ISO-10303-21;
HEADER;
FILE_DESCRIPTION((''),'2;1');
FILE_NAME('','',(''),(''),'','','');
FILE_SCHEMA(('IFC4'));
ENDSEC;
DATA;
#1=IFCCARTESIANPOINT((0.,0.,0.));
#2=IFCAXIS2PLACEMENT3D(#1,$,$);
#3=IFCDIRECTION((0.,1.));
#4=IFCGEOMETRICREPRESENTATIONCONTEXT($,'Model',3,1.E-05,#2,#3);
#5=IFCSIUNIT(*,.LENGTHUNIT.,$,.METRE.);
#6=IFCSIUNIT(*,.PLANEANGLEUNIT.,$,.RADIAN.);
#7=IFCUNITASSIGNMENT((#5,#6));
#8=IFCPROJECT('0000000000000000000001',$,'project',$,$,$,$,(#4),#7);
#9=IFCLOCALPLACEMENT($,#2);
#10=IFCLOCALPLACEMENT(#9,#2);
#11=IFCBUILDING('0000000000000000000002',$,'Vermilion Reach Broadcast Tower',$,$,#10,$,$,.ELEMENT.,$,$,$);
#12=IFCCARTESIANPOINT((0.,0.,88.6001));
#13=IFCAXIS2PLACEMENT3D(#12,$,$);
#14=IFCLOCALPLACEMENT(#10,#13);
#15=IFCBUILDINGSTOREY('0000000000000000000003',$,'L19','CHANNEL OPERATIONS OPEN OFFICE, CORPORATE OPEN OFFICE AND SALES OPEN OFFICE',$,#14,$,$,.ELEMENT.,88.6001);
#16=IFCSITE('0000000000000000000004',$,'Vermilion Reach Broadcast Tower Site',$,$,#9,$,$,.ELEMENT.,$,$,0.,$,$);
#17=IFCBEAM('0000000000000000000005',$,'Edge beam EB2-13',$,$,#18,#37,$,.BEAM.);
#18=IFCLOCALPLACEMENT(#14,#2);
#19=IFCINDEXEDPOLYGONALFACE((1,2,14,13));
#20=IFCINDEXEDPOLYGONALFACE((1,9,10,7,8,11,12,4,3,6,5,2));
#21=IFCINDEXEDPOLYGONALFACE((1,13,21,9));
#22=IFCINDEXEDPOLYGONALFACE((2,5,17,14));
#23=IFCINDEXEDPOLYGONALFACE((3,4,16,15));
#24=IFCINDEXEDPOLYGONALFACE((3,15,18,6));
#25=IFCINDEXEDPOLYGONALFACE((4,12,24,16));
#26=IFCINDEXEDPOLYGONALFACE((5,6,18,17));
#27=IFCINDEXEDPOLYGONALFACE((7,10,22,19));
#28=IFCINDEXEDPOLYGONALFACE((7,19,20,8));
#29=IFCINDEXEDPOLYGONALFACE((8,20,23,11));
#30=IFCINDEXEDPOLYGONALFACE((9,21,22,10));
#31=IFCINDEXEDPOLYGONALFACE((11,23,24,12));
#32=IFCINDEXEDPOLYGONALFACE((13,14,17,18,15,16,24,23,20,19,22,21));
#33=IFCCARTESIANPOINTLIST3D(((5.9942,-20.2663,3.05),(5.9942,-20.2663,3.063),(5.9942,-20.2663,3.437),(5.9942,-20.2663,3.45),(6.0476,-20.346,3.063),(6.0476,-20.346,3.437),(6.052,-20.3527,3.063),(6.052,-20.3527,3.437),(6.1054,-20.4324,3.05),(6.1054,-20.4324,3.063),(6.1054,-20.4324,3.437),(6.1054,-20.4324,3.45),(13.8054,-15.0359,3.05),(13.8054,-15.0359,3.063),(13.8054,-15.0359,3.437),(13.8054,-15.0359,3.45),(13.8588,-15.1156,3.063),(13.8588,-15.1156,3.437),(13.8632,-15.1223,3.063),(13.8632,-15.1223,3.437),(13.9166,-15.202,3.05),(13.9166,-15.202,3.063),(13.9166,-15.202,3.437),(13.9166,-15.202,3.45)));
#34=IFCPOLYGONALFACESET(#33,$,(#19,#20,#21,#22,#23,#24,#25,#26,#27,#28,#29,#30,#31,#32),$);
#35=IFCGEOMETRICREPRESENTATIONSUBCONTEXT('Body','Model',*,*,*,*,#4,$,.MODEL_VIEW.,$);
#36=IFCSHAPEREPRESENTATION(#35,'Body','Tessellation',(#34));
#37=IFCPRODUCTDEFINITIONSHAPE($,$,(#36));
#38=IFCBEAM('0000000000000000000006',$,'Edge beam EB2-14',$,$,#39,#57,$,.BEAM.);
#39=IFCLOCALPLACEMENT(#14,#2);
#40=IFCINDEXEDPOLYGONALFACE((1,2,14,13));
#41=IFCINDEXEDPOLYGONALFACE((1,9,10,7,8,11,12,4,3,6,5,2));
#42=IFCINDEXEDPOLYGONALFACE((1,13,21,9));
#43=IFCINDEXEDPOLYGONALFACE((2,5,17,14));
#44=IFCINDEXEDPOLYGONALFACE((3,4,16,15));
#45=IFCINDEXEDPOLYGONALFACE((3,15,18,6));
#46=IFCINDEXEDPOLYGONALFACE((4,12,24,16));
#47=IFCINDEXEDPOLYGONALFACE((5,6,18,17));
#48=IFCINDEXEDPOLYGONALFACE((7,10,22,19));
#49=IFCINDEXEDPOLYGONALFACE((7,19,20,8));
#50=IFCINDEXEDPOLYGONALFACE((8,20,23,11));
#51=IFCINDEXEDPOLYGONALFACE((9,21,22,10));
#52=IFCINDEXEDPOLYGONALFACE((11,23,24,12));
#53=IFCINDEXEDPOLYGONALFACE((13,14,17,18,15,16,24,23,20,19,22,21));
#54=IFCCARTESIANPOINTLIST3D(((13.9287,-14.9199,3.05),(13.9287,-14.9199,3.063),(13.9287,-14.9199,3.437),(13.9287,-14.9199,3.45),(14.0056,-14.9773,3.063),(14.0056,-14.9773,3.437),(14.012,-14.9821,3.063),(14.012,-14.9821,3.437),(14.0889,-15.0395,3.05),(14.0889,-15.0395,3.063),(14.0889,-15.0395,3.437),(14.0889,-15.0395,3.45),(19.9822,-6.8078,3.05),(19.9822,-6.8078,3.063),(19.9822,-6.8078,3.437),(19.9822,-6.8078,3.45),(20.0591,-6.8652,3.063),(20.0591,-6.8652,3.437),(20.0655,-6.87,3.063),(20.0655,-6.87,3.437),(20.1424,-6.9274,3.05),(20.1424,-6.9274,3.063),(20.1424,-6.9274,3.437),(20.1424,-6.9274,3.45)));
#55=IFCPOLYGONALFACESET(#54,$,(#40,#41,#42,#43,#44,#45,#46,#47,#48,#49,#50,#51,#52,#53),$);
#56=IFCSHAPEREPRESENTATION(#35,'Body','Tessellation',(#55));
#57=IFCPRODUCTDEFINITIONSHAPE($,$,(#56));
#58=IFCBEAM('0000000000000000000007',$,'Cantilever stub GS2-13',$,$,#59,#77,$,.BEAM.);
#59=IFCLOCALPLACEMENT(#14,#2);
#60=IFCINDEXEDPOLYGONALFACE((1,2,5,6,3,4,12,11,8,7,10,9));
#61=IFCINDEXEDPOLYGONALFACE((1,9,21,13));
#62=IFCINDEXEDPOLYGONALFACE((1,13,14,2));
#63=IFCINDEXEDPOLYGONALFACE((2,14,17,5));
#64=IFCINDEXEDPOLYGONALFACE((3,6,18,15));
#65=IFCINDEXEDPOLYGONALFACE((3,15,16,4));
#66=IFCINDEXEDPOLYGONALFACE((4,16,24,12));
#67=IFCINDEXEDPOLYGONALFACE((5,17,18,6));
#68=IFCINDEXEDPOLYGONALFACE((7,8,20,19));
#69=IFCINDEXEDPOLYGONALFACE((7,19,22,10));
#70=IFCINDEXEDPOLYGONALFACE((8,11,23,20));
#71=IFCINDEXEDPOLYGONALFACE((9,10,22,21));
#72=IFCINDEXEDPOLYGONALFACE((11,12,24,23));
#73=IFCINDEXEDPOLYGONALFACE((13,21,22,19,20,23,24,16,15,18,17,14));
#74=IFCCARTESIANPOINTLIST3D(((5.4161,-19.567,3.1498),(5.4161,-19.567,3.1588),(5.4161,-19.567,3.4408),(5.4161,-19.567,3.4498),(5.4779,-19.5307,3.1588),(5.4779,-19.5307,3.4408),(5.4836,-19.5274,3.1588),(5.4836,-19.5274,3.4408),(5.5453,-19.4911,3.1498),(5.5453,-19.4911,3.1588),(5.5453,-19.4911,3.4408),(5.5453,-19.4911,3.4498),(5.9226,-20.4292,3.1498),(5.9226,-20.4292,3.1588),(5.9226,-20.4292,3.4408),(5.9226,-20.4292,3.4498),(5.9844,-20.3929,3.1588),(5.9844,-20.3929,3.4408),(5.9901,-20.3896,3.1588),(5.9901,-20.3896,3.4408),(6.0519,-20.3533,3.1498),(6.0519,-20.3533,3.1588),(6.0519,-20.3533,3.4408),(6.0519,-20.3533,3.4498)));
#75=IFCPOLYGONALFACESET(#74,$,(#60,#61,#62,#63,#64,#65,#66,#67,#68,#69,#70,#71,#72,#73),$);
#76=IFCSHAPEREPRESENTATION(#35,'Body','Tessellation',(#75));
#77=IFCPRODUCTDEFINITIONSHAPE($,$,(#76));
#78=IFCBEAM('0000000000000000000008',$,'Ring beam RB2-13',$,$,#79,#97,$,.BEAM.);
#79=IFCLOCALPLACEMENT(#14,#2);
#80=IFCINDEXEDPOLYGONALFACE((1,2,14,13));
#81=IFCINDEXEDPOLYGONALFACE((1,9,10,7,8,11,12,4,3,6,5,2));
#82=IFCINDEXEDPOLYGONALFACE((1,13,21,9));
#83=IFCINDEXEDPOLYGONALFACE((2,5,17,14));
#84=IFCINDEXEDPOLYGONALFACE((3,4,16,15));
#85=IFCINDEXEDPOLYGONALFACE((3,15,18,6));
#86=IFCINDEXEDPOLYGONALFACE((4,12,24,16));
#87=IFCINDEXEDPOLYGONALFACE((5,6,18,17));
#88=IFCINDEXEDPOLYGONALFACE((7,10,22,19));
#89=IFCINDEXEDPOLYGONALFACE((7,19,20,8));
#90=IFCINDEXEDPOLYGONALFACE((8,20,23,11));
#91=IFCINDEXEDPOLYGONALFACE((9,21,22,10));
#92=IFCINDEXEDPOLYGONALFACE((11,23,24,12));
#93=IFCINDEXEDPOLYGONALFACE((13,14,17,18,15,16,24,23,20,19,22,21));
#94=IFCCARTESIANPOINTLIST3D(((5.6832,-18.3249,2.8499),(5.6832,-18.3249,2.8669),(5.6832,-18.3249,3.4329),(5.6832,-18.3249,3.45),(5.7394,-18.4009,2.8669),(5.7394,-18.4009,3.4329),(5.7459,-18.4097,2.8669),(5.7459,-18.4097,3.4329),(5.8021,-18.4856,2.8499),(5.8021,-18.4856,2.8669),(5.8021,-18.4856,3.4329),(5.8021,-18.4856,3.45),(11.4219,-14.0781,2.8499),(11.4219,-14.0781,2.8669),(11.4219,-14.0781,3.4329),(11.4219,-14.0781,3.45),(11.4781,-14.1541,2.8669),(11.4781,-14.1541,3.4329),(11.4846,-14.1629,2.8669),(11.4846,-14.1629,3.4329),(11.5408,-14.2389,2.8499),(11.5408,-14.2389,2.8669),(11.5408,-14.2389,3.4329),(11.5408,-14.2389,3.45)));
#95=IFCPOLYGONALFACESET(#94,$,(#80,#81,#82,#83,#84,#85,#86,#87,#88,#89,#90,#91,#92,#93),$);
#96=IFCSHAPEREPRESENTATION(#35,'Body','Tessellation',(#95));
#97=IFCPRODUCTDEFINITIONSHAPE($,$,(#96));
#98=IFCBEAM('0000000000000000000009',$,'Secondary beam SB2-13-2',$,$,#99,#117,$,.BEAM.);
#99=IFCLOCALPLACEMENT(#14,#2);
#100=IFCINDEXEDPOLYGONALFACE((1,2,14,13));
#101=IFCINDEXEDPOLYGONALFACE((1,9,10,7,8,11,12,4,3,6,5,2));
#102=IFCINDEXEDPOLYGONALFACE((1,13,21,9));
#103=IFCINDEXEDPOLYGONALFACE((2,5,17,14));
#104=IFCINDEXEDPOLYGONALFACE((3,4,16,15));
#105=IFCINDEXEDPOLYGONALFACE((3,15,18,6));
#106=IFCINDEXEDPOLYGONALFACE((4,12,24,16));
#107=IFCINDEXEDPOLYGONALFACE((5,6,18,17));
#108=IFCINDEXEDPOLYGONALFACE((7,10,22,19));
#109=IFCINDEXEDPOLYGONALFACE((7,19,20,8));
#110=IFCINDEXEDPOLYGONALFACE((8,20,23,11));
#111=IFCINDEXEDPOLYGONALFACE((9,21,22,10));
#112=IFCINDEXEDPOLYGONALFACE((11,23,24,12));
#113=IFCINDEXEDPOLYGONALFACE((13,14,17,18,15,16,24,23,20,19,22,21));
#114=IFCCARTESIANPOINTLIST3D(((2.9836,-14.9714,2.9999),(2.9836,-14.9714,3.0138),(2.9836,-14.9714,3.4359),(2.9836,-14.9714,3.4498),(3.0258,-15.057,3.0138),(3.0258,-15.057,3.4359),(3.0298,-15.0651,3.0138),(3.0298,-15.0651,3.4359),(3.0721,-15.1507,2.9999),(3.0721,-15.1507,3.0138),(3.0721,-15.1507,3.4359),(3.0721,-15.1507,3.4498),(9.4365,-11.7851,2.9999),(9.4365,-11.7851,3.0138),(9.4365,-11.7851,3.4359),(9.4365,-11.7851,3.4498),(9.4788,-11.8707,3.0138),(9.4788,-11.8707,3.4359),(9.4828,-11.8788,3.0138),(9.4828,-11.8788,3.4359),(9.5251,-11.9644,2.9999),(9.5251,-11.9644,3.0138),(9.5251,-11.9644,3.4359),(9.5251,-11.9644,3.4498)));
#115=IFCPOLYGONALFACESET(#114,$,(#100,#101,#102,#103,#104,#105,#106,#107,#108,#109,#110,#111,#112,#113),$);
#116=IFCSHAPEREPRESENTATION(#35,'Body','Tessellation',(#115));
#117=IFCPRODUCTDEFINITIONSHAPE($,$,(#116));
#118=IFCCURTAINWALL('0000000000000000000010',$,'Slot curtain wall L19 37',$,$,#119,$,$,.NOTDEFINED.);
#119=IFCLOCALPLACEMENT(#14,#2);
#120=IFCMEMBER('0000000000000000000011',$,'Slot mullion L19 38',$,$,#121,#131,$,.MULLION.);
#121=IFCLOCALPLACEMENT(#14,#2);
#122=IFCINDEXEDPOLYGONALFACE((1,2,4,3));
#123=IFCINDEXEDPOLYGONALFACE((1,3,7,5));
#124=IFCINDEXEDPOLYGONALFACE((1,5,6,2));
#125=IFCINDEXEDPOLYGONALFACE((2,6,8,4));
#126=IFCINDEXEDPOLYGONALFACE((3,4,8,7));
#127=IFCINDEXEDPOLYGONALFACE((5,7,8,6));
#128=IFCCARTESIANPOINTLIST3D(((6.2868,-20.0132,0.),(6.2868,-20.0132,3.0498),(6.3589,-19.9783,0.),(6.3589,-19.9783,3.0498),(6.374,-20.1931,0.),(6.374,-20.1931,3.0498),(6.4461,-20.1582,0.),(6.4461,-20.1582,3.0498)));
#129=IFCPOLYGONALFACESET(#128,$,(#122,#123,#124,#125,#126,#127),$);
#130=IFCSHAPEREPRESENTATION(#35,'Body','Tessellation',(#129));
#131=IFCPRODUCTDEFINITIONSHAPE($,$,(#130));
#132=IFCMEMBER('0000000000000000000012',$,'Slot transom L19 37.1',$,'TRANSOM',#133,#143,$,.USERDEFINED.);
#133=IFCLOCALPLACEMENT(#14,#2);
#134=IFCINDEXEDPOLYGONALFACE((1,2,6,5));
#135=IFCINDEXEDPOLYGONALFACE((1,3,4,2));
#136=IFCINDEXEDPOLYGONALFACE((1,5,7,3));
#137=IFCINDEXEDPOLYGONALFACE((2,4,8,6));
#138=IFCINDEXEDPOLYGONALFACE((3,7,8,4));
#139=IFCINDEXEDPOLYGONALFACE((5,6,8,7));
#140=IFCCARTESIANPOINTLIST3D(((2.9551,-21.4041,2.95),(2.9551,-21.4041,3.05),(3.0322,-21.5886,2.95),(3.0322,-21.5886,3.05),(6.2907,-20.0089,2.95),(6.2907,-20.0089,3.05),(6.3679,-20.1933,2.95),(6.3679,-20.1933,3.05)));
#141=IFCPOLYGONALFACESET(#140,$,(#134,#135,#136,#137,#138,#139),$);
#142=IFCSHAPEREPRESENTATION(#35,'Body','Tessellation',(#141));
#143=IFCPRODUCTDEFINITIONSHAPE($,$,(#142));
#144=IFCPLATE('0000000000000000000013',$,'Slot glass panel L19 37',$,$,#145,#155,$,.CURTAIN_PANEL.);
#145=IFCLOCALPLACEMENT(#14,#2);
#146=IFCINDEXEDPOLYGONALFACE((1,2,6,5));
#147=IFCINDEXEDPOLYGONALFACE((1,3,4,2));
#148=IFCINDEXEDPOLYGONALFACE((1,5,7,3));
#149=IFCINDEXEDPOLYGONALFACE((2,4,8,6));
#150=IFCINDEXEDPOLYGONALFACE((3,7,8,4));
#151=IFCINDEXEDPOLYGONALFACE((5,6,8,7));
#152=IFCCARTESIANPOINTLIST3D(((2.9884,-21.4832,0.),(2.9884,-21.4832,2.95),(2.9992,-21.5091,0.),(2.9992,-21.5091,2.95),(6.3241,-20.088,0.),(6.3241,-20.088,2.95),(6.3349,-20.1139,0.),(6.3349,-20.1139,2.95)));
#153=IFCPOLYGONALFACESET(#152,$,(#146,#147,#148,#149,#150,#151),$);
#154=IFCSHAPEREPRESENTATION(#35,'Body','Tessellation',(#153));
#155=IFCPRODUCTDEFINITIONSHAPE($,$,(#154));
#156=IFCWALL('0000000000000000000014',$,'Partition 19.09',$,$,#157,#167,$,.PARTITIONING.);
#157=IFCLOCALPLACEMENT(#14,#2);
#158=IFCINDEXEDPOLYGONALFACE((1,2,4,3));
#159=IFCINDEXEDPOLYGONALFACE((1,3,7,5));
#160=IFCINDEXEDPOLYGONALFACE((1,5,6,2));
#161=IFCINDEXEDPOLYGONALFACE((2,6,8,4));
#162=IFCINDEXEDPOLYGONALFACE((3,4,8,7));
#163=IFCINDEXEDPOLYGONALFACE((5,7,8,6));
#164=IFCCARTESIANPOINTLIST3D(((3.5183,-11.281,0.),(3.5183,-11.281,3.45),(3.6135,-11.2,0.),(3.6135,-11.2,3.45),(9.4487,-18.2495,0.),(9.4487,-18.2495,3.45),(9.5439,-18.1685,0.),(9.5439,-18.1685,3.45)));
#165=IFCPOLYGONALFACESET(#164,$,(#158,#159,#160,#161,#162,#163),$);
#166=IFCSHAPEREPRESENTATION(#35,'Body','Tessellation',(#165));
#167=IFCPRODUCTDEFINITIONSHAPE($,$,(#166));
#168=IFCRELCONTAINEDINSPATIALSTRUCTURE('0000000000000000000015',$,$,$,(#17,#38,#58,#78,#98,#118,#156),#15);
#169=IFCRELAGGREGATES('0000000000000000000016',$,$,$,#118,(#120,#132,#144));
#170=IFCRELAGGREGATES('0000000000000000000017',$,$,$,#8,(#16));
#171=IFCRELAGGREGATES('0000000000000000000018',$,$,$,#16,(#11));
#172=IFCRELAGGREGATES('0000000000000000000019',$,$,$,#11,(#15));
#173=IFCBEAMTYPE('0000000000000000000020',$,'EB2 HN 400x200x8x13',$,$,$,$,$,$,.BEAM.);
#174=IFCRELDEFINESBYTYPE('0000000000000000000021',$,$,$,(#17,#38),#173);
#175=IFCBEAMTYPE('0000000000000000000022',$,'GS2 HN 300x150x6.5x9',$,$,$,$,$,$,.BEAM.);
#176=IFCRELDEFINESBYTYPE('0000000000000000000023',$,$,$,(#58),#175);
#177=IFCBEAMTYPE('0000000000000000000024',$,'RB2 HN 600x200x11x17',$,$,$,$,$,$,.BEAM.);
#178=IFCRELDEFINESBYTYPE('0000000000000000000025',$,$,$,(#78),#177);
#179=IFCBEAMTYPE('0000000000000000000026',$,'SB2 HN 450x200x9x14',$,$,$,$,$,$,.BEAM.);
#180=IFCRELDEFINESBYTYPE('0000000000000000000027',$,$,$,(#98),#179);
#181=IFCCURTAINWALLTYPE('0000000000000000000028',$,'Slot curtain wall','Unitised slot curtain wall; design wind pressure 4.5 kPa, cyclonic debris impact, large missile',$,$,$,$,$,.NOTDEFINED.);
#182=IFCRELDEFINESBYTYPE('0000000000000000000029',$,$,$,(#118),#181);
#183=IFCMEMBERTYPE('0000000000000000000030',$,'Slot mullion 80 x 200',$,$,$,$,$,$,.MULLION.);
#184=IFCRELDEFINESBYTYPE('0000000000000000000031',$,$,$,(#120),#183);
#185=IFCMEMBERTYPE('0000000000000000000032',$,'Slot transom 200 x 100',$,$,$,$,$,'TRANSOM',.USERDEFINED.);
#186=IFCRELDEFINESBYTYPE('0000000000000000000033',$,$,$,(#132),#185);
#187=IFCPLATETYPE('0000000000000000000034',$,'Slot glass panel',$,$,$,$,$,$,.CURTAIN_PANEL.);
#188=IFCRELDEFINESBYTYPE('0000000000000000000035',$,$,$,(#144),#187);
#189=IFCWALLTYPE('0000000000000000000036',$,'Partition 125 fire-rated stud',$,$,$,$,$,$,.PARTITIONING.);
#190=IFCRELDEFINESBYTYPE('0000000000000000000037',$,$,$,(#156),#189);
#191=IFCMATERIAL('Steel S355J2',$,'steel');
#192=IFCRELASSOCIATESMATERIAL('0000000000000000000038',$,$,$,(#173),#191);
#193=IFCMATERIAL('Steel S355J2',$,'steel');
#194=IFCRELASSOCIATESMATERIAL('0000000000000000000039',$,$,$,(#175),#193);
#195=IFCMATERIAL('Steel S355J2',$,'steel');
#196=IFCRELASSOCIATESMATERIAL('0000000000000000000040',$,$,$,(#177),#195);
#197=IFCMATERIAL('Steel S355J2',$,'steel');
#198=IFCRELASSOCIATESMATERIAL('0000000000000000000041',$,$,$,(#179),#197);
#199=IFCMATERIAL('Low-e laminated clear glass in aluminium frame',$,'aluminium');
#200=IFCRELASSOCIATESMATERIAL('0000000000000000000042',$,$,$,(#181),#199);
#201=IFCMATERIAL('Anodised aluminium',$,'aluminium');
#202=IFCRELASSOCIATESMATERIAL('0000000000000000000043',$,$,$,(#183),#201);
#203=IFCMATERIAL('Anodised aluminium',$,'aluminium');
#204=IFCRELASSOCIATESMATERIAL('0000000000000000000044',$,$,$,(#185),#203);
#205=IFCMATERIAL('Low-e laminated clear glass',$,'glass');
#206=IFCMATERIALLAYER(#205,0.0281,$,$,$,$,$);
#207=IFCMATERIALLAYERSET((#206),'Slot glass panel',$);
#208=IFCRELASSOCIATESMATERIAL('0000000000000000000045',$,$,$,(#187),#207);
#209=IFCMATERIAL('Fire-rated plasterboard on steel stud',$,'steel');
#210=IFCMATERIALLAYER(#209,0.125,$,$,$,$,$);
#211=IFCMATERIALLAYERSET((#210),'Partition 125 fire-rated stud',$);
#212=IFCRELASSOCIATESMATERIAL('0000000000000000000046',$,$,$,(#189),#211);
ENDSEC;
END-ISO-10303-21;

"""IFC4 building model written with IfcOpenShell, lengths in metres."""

from ifc_helpers import new_model, si_unit, direction, frame, frame_2d, origin, origin_2d, place, context, subcontext, project, spatial, rectangle, i_section, extrude, material, layer, layer_set, material_profile, profile_set, type_object, element, aggregate, save


model = new_model("IFC4")

# Units and contexts
model_context = context("Model", 3, precision=1e-05, world=origin(), true_north=direction((0.0, 1.0)))
body_context = subcontext(model_context, "Body", "Model", "MODEL_VIEW")
ifc_project = project(units=[si_unit("LENGTHUNIT", "METRE"), si_unit("PLANEANGLEUNIT", "RADIAN")], contexts=[model_context])

# Site, building, storey
site_placement = place(None, origin())
site = spatial("IfcSite", under=ifc_project, at=site_placement, Name="Vermilion Reach Broadcast Tower Site", CompositionType="ELEMENT", RefElevation=0.0)
building_placement = place(site_placement, origin())
building = spatial("IfcBuilding", under=site, at=building_placement, Name="Vermilion Reach Broadcast Tower", CompositionType="ELEMENT")
storey_placement = place(building_placement, frame((0.0, 0.0, 88.6001)))
storey = spatial("IfcBuildingStorey", under=building, at=storey_placement, Name="L19", Description="CHANNEL OPERATIONS OPEN OFFICE, CORPORATE OPEN OFFICE AND SALES OPEN OFFICE", CompositionType="ELEMENT", Elevation=88.6001)

# Beams
ifc_material_1 = material(Name="Steel S355J2", Category="steel")
ifc_material_profile_1 = material_profile(ifc_material_1, i_section(OverallWidth=0.2, OverallDepth=0.3999, WebThickness=0.0081, FlangeThickness=0.0129, at=origin_2d()), Name="S355J2 HN 400x200x8x13")
ifc_profile_set_1 = profile_set([ifc_material_profile_1], Name="Steel S355J2")
beam_type_1 = type_object("IfcBeamType", Name="EB2 HN 400x200x8x13", PredefinedType="BEAM", material=ifc_profile_set_1)
beam_1_placement = place(storey_placement, frame((6.0498, -20.3494, 3.25), z_axis=(0.830922, 0.556389, 0.0), x_axis=(-0.556389, 0.830922, 0.0)))
element("IfcBeam", 1, at=beam_1_placement, inside=storey, type_object=beam_type_1, Name="Edge beam EB2-13", PredefinedType="BEAM", context=body_context, shape_type="SweptSolid", body=[
    extrude(i_section(OverallWidth=0.2, OverallDepth=0.3999, WebThickness=0.0081, FlangeThickness=0.0129, at=origin_2d()), origin(), (0.0, 0.0, 1.0), 9.4006),
])
beam_2_placement = place(storey_placement, frame((14.0088, -14.9797, 3.25), z_axis=(0.598065, 0.801448, 0.0), x_axis=(-0.801448, 0.598065, 0.0)))
element("IfcBeam", 2, at=beam_2_placement, inside=storey, type_object=beam_type_1, Name="Edge beam EB2-14", PredefinedType="BEAM", context=body_context, shape_type="SweptSolid", body=[
    extrude(i_section(OverallWidth=0.2, OverallDepth=0.3999, WebThickness=0.0081, FlangeThickness=0.0129, at=origin_2d()), origin(), (0.0, 0.0, 1.0), 10.1218),
])
ifc_material_2 = material(Name="Steel S355J2", Category="steel")
ifc_material_profile_2 = material_profile(ifc_material_2, i_section(OverallWidth=0.1499, OverallDepth=0.3, WebThickness=0.0066, FlangeThickness=0.009, at=origin_2d()), Name="S355J2 HN 300x150x6.5x9")
ifc_profile_set_2 = profile_set([ifc_material_profile_2], Name="Steel S355J2")
beam_type_2 = type_object("IfcBeamType", Name="GS2 HN 300x150x6.5x9", PredefinedType="BEAM", material=ifc_profile_set_2)
beam_3_placement = place(storey_placement, frame((5.4807, -19.5291, 3.2998), z_axis=(0.50654, -0.862216, 0.0), x_axis=(0.862216, 0.50654, 0.0)))
element("IfcBeam", 3, at=beam_3_placement, inside=storey, type_object=beam_type_2, Name="Cantilever stub GS2-13", PredefinedType="BEAM", context=body_context, shape_type="SweptSolid", body=[
    extrude(i_section(OverallWidth=0.1499, OverallDepth=0.3, WebThickness=0.0066, FlangeThickness=0.009, at=origin_2d()), origin(), (0.0, 0.0, 1.0), 1.0),
])
ifc_material_3 = material(Name="Steel S355J2", Category="steel")
ifc_material_profile_3 = material_profile(ifc_material_3, i_section(OverallWidth=0.2, OverallDepth=0.6001, WebThickness=0.011, FlangeThickness=0.0171, at=origin_2d()), Name="S355J2 HN 600x200x11x17")
ifc_profile_set_3 = profile_set([ifc_material_profile_3], Name="Steel S355J2")
beam_type_3 = type_object("IfcBeamType", Name="RB2 HN 600x200x11x17", PredefinedType="BEAM", material=ifc_profile_set_3)
beam_4_placement = place(storey_placement, frame((5.7427, -18.4053, 3.1499), z_axis=(0.803833, 0.594855, 0.0), x_axis=(-0.594855, 0.803833, 0.0)))
element("IfcBeam", 4, at=beam_4_placement, inside=storey, type_object=beam_type_3, Name="Ring beam RB2-13", PredefinedType="BEAM", context=body_context, shape_type="SweptSolid", body=[
    extrude(i_section(OverallWidth=0.2, OverallDepth=0.6001, WebThickness=0.011, FlangeThickness=0.0171, at=origin_2d()), origin(), (0.0, 0.0, 1.0), 7.1392),
])
ifc_material_4 = material(Name="Steel S355J2", Category="steel")
ifc_material_profile_4 = material_profile(ifc_material_4, i_section(OverallWidth=0.2, OverallDepth=0.45, WebThickness=0.009, FlangeThickness=0.0139, at=origin_2d()), Name="S355J2 HN 450x200x9x14")
ifc_profile_set_4 = profile_set([ifc_material_profile_4], Name="Steel S355J2")
beam_type_4 = type_object("IfcBeamType", Name="SB2 HN 450x200x9x14", PredefinedType="BEAM", material=ifc_profile_set_4)
beam_5_placement = place(storey_placement, frame((3.0278, -15.061, 3.2249), z_axis=(0.896648, 0.442744, 0.0), x_axis=(-0.442744, 0.896648, 0.0)))
element("IfcBeam", 5, at=beam_5_placement, inside=storey, type_object=beam_type_4, Name="Secondary beam SB2-13-2", PredefinedType="BEAM", context=body_context, shape_type="SweptSolid", body=[
    extrude(i_section(OverallWidth=0.2, OverallDepth=0.45, WebThickness=0.009, FlangeThickness=0.0139, at=origin_2d()), origin(), (0.0, 0.0, 1.0), 7.1968),
])

# Curtain wall, members, plate
ifc_material_5 = material(Name="Low-e laminated clear glass in aluminium frame", Category="aluminium")
curtain_wall_type = type_object("IfcCurtainWallType", Name="Slot curtain wall", Description="Unitised slot curtain wall; design wind pressure 4.5 kPa, cyclonic debris impact, large missile", PredefinedType="NOTDEFINED", material=ifc_material_5)
curtain_wall_placement = place(storey_placement, origin())
curtain_wall = element("IfcCurtainWall", 6, at=curtain_wall_placement, inside=storey, type_object=curtain_wall_type, Name="Slot curtain wall L19 37", PredefinedType="NOTDEFINED")
ifc_material_6 = material(Name="Anodised aluminium", Category="aluminium")
ifc_material_profile_5 = material_profile(ifc_material_6, rectangle(XDim=0.2, YDim=0.0801, at=origin_2d()), Name="Slot mullion 80 x 200")
ifc_profile_set_5 = profile_set([ifc_material_profile_5], Name="Anodised aluminium")
member_type_1 = type_object("IfcMemberType", Name="Slot mullion 80 x 200", PredefinedType="MULLION", material=ifc_profile_set_5)
member_1_placement = place(storey_placement, frame((6.3665, -20.0857, 0.0), z_axis=(0.0, 0.0, 1.0), x_axis=(-0.435875, 0.900007, 0.0)))
member_1 = element("IfcMember", 7, at=member_1_placement, type_object=member_type_1, Name="Slot mullion L19 38", PredefinedType="MULLION", context=body_context, shape_type="SweptSolid", body=[
    extrude(rectangle(XDim=0.2, YDim=0.0801, at=origin_2d()), origin(), (0.0, 0.0, 1.0), 3.0498),
])
ifc_material_7 = material(Name="Anodised aluminium", Category="aluminium")
ifc_material_profile_6 = material_profile(ifc_material_7, rectangle(XDim=0.2, YDim=0.1001, at=origin_2d()), Name="Slot transom 200 x 100")
ifc_profile_set_6 = profile_set([ifc_material_profile_6], Name="Anodised aluminium")
member_type_2 = type_object("IfcMemberType", Name="Slot transom 200 x 100", ElementType="TRANSOM", PredefinedType="USERDEFINED", material=ifc_profile_set_6)
member_2_placement = place(storey_placement, frame((2.9937, -21.4963, 3.0), z_axis=(0.922547, 0.385886, 0.0), x_axis=(-0.385886, 0.922547, 0.0)))
member_2 = element("IfcMember", 8, at=member_2_placement, type_object=member_type_2, Name="Slot transom L19 37.1", ObjectType="TRANSOM", PredefinedType="USERDEFINED", context=body_context, shape_type="SweptSolid", body=[
    extrude(rectangle(XDim=0.2, YDim=0.1001, at=origin_2d()), origin(), (0.0, 0.0, 1.0), 3.6157),
])
ifc_material_8 = material(Name="Low-e laminated clear glass", Category="glass")
ifc_layer_1 = layer(ifc_material_8, 0.0281)
ifc_layer_set_1 = layer_set([ifc_layer_1], Name="Slot glass panel")
plate_type = type_object("IfcPlateType", Name="Slot glass panel", PredefinedType="CURTAIN_PANEL", material=ifc_layer_set_1)
plate_placement = place(storey_placement, frame((4.6616, -20.7986, 0.0), z_axis=(0.0, 0.0, 1.0), x_axis=(0.922555, 0.385867, 0.0)))
plate = element("IfcPlate", 9, at=plate_placement, type_object=plate_type, Name="Slot glass panel L19 37", PredefinedType="CURTAIN_PANEL", context=body_context, shape_type="SweptSolid", body=[
    extrude(rectangle(XDim=3.6157, YDim=0.0281, at=origin_2d()), origin(), (0.0, 0.0, 1.0), 2.95),
])
aggregate(curtain_wall, [member_1, member_2, plate])

# Wall
ifc_material_9 = material(Name="Fire-rated plasterboard on steel stud", Category="steel")
ifc_layer_2 = layer(ifc_material_9, 0.125)
ifc_layer_set_2 = layer_set([ifc_layer_2], Name="Partition 125 fire-rated stud")
wall_type_1 = type_object("IfcWallType", Name="Partition 125 fire-rated stud", PredefinedType="PARTITIONING", material=ifc_layer_set_2)
wall_1_placement = place(storey_placement, frame((9.4963, -18.209, 0.0), z_axis=(0.0, 0.0, 1.0), x_axis=(-0.648104, 0.761551, 0.0)))
element("IfcWall", 10, at=wall_1_placement, inside=storey, type_object=wall_type_1, Name="Partition 19.09", PredefinedType="PARTITIONING", context=body_context, shape_type="SweptSolid", body=[
    extrude(rectangle(XDim=9.1504, YDim=0.125, at=frame_2d((4.5752, 0.0))), origin(), (0.0, 0.0, 1.0), 3.45),
])

save(model, "model.ifc")
